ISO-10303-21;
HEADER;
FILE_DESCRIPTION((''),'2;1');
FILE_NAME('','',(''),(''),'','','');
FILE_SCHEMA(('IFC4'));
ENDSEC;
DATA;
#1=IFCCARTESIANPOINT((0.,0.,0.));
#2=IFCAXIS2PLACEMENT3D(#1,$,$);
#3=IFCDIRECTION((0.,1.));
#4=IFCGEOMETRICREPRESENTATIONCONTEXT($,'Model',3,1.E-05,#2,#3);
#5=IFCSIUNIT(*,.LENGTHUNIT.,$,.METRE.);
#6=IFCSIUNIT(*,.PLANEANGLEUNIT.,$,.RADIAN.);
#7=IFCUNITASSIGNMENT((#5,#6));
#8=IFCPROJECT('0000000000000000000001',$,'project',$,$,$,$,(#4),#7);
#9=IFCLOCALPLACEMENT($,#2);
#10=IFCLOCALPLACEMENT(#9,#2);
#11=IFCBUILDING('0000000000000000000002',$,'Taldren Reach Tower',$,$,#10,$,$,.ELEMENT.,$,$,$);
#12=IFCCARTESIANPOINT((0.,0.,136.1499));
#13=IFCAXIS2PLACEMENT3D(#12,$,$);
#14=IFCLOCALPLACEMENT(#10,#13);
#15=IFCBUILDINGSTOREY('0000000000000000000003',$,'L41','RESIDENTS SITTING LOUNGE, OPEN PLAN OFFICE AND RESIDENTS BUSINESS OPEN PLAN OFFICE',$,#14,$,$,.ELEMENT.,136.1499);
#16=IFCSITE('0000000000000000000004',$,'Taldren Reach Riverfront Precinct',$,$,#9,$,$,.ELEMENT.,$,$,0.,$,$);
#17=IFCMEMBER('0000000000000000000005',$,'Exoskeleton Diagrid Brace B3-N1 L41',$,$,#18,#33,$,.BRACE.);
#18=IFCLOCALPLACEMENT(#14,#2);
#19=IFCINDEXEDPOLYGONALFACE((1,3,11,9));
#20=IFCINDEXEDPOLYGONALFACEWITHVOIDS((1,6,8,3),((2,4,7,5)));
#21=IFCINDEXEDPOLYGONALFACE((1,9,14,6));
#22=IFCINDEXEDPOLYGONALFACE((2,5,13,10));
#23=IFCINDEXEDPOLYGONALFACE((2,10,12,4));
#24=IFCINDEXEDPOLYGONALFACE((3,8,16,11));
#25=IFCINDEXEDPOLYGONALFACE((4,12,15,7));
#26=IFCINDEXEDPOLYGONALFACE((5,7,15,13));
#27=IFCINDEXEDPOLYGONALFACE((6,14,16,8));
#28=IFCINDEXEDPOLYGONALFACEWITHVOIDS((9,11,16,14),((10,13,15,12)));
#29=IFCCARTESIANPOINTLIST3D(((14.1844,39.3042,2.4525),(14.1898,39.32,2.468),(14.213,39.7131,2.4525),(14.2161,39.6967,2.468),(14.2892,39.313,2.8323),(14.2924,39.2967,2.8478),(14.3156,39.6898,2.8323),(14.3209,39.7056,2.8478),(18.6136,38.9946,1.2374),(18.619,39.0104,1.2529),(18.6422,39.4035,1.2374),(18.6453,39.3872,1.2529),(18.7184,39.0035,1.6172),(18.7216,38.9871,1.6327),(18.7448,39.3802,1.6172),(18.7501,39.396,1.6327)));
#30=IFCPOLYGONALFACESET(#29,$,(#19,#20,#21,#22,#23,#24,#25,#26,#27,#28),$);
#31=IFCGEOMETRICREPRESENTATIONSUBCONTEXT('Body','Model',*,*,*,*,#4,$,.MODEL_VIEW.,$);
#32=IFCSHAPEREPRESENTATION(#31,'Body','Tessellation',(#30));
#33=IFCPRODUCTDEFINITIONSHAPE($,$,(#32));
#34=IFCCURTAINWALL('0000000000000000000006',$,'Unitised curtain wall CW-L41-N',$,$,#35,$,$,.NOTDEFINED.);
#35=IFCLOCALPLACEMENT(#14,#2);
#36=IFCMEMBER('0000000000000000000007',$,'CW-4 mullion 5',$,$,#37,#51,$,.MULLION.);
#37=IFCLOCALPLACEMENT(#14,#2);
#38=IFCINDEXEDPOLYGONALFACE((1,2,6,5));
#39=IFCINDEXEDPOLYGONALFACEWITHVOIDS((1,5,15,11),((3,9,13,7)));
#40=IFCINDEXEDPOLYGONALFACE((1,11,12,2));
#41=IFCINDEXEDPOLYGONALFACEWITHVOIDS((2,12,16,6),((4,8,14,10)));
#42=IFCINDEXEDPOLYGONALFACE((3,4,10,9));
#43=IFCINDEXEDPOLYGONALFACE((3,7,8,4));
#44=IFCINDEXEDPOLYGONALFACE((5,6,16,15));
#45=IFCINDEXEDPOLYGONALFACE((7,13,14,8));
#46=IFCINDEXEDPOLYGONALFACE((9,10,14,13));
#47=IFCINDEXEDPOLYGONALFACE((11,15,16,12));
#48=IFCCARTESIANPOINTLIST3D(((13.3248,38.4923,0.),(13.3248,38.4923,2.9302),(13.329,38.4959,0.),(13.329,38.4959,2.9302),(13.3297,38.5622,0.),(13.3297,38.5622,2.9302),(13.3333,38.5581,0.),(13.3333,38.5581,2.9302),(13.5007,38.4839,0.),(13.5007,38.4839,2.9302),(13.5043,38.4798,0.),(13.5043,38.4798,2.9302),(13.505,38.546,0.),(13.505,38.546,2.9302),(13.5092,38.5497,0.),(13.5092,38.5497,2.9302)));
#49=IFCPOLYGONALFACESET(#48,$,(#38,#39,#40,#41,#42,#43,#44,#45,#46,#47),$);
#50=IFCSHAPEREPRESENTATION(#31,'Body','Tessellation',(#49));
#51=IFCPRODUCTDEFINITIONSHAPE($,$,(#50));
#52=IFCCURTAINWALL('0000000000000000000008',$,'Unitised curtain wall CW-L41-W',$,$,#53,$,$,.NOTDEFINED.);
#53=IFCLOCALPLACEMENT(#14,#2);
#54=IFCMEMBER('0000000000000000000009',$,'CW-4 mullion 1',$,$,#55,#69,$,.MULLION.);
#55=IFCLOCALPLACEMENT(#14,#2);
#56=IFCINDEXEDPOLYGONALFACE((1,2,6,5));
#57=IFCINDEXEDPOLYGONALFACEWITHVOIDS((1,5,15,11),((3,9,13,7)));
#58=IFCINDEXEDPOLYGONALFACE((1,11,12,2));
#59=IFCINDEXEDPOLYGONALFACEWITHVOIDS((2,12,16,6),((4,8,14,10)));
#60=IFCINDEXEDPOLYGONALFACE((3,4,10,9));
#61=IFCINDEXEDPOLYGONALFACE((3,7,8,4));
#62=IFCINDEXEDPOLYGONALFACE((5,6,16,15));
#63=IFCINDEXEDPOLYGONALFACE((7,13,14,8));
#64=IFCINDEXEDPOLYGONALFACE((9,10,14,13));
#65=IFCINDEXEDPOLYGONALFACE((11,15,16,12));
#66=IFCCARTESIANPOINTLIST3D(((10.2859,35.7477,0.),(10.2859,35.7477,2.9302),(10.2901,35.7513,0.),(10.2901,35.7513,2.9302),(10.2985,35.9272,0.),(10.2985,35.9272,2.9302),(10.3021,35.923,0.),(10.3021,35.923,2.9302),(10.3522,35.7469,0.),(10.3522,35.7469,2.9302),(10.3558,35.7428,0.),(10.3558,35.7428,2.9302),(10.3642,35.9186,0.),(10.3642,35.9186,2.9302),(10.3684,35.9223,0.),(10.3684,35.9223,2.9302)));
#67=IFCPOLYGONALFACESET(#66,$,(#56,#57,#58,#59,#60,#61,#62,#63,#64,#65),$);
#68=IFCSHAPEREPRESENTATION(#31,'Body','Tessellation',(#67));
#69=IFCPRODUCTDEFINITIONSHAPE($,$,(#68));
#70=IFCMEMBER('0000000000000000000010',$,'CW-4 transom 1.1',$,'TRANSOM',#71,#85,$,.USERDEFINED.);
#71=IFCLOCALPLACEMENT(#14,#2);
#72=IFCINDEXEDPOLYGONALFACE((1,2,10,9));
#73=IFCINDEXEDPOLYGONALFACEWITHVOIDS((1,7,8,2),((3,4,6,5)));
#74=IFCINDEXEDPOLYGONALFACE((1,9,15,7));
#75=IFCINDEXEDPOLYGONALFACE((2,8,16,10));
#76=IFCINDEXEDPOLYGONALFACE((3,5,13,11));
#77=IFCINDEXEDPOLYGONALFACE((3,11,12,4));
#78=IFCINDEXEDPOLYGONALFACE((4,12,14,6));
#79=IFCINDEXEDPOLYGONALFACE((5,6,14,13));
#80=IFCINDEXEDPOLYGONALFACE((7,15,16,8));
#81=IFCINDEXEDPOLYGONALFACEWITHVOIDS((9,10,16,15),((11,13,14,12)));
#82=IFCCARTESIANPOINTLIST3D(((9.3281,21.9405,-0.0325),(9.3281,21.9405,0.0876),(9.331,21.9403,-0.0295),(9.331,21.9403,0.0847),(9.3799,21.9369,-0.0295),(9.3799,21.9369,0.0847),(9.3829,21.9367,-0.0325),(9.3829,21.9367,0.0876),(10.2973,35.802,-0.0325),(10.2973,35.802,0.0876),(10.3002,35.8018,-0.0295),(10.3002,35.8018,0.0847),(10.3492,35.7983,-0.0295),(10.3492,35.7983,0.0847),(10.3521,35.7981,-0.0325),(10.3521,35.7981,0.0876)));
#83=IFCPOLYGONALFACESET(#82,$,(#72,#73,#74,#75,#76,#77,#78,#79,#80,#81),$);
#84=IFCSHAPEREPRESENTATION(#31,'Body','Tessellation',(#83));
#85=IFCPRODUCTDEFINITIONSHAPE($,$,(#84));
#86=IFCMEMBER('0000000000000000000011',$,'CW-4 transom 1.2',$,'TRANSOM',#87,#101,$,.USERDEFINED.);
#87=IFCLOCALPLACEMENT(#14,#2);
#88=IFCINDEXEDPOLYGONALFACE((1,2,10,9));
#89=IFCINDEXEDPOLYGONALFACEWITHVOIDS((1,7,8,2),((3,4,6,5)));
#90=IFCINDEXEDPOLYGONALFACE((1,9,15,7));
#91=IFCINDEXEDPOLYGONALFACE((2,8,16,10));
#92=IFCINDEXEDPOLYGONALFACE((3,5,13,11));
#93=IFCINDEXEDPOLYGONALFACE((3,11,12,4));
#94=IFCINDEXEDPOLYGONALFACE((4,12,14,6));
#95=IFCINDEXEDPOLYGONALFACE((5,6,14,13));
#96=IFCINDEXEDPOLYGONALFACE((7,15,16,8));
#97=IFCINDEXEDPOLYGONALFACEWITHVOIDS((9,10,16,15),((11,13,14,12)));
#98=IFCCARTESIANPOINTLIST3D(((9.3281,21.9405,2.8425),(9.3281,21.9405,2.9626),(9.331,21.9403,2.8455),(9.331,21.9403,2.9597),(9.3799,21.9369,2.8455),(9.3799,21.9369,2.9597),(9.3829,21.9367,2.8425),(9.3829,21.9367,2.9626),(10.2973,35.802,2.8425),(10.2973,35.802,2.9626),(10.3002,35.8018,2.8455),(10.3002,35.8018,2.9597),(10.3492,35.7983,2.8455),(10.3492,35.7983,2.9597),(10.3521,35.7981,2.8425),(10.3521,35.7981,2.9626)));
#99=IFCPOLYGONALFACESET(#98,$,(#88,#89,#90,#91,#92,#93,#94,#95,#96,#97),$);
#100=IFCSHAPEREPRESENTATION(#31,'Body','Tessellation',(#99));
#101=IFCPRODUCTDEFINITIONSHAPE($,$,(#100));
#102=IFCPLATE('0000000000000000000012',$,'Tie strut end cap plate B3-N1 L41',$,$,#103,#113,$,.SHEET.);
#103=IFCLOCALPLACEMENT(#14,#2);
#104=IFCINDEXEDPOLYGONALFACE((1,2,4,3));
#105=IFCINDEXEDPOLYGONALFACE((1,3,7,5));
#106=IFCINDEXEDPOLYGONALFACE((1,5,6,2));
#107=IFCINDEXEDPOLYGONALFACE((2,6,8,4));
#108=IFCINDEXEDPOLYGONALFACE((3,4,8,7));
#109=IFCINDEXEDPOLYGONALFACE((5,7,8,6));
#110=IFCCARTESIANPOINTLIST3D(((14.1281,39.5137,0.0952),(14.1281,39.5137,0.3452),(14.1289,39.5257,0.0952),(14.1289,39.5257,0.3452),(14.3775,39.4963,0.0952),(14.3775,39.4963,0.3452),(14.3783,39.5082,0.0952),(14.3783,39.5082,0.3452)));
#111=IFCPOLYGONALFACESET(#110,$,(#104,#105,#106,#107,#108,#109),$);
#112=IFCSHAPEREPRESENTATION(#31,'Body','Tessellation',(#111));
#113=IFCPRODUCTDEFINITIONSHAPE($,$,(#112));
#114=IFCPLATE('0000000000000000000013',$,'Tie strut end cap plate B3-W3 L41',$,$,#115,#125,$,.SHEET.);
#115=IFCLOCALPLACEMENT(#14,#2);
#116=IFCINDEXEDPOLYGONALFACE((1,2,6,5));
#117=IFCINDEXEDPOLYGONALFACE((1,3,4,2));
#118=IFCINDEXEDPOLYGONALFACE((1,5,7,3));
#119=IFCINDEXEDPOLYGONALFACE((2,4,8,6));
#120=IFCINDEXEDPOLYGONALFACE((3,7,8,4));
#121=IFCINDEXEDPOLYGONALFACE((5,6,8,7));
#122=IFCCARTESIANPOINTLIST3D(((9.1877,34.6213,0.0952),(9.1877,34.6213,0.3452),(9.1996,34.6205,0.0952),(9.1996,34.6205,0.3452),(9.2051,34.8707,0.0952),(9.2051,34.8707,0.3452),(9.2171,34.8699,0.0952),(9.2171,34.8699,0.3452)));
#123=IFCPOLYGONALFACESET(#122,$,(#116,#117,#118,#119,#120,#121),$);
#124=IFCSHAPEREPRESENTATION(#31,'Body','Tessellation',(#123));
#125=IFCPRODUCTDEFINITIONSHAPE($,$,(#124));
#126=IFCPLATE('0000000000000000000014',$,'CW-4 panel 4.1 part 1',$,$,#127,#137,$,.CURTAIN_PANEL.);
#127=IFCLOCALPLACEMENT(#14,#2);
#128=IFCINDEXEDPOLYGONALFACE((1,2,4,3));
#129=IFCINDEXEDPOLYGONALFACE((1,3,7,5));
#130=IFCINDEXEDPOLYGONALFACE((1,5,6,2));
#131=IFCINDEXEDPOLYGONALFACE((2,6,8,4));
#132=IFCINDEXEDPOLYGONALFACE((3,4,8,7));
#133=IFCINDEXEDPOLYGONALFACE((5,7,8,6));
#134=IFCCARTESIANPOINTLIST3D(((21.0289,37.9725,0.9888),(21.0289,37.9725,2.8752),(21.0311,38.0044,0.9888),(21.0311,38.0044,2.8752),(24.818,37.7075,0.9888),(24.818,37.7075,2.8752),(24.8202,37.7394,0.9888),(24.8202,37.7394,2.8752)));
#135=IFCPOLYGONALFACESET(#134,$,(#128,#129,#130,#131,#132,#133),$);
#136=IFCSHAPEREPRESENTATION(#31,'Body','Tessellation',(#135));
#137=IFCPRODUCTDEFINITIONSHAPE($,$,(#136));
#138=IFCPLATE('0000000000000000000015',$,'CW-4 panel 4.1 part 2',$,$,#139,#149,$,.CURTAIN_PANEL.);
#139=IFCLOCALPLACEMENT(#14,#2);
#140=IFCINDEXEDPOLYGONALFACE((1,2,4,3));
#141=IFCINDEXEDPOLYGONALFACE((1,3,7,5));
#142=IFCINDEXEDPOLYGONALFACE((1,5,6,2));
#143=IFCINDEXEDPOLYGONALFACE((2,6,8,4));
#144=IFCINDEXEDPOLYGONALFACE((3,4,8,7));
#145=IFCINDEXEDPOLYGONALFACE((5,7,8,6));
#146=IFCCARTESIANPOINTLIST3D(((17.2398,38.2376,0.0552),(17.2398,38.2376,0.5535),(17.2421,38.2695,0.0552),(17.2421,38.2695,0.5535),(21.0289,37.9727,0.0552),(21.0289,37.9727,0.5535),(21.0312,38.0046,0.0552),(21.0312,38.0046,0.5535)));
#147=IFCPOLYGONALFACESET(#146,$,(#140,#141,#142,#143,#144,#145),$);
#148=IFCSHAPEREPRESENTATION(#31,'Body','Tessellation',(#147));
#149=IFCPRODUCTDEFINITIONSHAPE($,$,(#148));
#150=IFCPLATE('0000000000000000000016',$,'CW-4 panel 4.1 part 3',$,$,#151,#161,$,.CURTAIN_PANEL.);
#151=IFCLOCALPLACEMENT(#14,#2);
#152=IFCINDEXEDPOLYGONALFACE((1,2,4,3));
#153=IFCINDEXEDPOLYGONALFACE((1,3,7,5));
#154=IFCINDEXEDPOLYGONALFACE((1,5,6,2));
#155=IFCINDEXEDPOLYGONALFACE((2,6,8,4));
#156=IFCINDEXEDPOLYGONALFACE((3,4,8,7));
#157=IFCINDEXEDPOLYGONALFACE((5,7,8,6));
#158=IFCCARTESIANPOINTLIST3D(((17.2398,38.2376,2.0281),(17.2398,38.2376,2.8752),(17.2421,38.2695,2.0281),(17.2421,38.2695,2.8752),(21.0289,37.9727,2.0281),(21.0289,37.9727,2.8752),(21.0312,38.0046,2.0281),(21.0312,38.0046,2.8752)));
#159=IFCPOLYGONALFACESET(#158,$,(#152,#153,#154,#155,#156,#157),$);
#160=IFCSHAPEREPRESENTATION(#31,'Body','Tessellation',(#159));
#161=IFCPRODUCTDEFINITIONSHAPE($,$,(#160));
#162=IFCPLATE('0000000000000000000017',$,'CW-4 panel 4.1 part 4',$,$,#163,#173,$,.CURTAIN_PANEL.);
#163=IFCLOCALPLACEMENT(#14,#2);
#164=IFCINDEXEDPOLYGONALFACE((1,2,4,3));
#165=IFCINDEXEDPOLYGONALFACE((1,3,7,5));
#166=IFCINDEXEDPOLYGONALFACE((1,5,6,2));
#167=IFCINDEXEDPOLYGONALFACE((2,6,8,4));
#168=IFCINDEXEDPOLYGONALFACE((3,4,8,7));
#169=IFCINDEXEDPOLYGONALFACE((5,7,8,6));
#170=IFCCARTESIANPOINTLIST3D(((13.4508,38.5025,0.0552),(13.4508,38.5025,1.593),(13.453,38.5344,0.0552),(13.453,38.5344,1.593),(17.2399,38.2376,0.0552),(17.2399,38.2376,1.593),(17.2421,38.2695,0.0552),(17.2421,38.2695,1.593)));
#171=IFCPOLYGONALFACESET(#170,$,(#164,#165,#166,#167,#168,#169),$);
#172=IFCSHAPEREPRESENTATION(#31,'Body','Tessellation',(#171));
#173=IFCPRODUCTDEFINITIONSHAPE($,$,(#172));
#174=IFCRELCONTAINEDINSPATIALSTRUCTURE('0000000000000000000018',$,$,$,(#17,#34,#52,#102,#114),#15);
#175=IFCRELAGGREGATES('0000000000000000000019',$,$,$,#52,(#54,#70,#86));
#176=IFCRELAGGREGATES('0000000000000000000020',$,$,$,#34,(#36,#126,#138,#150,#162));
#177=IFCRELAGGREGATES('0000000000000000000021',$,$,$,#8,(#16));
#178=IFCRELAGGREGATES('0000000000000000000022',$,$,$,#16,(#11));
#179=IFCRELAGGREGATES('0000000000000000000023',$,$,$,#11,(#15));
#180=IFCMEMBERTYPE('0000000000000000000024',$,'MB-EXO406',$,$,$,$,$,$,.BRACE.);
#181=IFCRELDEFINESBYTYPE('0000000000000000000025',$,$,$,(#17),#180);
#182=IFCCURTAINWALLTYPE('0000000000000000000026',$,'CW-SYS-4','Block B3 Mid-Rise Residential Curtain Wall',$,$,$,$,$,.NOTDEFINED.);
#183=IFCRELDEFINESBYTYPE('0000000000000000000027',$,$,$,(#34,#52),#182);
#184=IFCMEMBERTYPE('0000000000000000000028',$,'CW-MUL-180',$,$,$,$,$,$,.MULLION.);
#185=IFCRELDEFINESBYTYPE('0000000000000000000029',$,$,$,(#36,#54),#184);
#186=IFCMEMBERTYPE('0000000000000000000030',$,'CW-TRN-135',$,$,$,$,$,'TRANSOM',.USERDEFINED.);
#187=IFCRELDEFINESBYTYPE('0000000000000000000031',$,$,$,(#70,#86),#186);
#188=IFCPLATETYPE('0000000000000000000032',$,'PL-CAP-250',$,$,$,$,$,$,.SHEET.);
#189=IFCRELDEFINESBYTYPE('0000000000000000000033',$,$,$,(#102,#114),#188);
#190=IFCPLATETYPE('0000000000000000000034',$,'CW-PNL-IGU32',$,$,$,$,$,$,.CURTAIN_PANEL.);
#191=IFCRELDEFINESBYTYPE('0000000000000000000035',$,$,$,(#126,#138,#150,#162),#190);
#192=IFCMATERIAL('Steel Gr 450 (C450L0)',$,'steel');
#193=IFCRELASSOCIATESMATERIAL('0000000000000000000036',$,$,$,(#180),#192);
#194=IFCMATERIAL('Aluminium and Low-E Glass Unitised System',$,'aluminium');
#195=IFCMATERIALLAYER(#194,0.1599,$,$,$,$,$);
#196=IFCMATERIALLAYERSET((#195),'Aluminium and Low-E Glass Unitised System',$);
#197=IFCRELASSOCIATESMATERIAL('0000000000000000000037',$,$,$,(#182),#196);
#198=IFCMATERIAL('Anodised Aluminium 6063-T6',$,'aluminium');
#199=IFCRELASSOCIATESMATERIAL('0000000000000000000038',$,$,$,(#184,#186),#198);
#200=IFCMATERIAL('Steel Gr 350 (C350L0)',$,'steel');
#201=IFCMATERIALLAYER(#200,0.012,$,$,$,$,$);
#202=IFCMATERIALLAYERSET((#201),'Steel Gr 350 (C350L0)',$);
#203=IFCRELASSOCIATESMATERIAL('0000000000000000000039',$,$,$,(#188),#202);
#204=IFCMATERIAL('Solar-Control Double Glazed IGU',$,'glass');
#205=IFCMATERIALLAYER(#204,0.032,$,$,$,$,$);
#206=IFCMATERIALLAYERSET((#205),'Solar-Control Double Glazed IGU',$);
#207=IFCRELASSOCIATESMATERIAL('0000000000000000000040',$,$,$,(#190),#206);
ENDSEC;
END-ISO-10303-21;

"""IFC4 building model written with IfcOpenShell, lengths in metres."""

from ifc_helpers import new_model, si_unit, direction, frame, origin, origin_2d, place, context, subcontext, project, spatial, rectangle, hollow_rectangle, extrude, source, transform, mapped, material, layer, layer_set, material_profile, profile_set, type_object, element, aggregate, save


model = new_model("IFC4")

# Units and contexts
model_context = context("Model", 3, precision=1e-05, world=origin(), true_north=direction((0.0, 1.0)))
body_context = subcontext(model_context, "Body", "Model", "MODEL_VIEW")
ifc_project = project(units=[si_unit("LENGTHUNIT", "METRE"), si_unit("PLANEANGLEUNIT", "RADIAN")], contexts=[model_context])

# Site, building, storey
site_placement = place(None, origin())
site = spatial("IfcSite", under=ifc_project, at=site_placement, Name="Taldren Reach Riverfront Precinct", CompositionType="ELEMENT", RefElevation=0.0)
building_placement = place(site_placement, origin())
building = spatial("IfcBuilding", under=site, at=building_placement, Name="Taldren Reach Tower", CompositionType="ELEMENT")
storey_placement = place(building_placement, frame((0.0, 0.0, 136.1499)))
storey = spatial("IfcBuildingStorey", under=building, at=storey_placement, Name="L41", Description="RESIDENTS SITTING LOUNGE, OPEN PLAN OFFICE AND RESIDENTS BUSINESS OPEN PLAN OFFICE", CompositionType="ELEMENT", Elevation=136.1499)

# Shared definitions
ifc_material_1 = material(Name="Steel Gr 450 (C450L0)", Category="steel")

# Shared definitions
ifc_material_2 = material(Name="Steel Gr 350 (C350L0)", Category="steel")

# Member
ifc_material_profile_1 = material_profile(ifc_material_1, hollow_rectangle(XDim=0.4099, YDim=0.4099, WallThickness=0.0161, at=origin_2d()), Name="410x410x16.0SHS")
ifc_profile_set_1 = profile_set([ifc_material_profile_1], Name="Steel Gr 450 (C450L0)")
member_type_1 = type_object("IfcMemberType", Name="MB-EXO406", PredefinedType="BRACE", material=ifc_profile_set_1)
shared_shape_1 = source(origin(), body_context, "Body", "SweptSolid", [
    extrude(hollow_rectangle(XDim=0.4099, YDim=0.4099, WallThickness=0.0161, at=origin_2d()), origin(), (0.0, 0.0, 1.0), 4.6033),
])
member_1_placement = place(storey_placement, frame((18.6819, 39.1953, 1.4351), z_axis=(-0.962186, 0.06725, 0.263962), x_axis=(-0.069723, -0.997566, 0.0)))
element("IfcMember", 1, at=member_1_placement, inside=storey, type_object=member_type_1, Name="Exoskeleton Diagrid Brace B3-N1 L41", PredefinedType="BRACE", context=body_context, shape_type="MappedRepresentation", body=[
    mapped(shared_shape_1, transform((0.0, 0.0, 0.0), scale=1.0)),
])

# Curtain wall, member
ifc_material_3 = material(Name="Aluminium and Low-E Glass Unitised System", Category="aluminium")
ifc_layer_1 = layer(ifc_material_3, 0.1599)
ifc_layer_set_1 = layer_set([ifc_layer_1], Name="Aluminium and Low-E Glass Unitised System")
curtain_wall_type = type_object("IfcCurtainWallType", Name="CW-SYS-4", Description="Block B3 Mid-Rise Residential Curtain Wall", PredefinedType="NOTDEFINED", material=ifc_layer_set_1)
curtain_wall_1_placement = place(storey_placement, origin())
curtain_wall_1 = element("IfcCurtainWall", 2, at=curtain_wall_1_placement, inside=storey, type_object=curtain_wall_type, Name="Unitised curtain wall CW-L41-N", PredefinedType="NOTDEFINED")
ifc_material_4 = material(Name="Anodised Aluminium 6063-T6", Category="aluminium")
ifc_material_profile_2 = material_profile(ifc_material_4, hollow_rectangle(XDim=0.0701, YDim=0.1799, WallThickness=0.0039, at=origin_2d()), Name="ALU-180x70x4RHS")
ifc_profile_set_2 = profile_set([ifc_material_profile_2], Name="Anodised Aluminium 6063-T6")
member_type_2 = type_object("IfcMemberType", Name="CW-MUL-180", PredefinedType="MULLION", material=ifc_profile_set_2)
shared_shape_2 = source(origin(), body_context, "Body", "SweptSolid", [
    extrude(hollow_rectangle(XDim=0.0701, YDim=0.1799, WallThickness=0.0039, at=origin_2d()), origin(), (0.0, 0.0, 1.0), 2.9302),
])
member_2_placement = place(storey_placement, frame((13.417, 38.521, 0.0), z_axis=(0.0, 0.0, 1.0), x_axis=(-0.069757, -0.997564, 0.0)))
member_2 = element("IfcMember", 3, at=member_2_placement, type_object=member_type_2, Name="CW-4 mullion 5", PredefinedType="MULLION", context=body_context, shape_type="MappedRepresentation", body=[
    mapped(shared_shape_2, transform((0.0, 0.0, 0.0), scale=1.0)),
])

# Curtain wall, members
curtain_wall_2_placement = place(storey_placement, origin())
curtain_wall_2 = element("IfcCurtainWall", 4, at=curtain_wall_2_placement, inside=storey, type_object=curtain_wall_type, Name="Unitised curtain wall CW-L41-W", PredefinedType="NOTDEFINED")
member_3_placement = place(storey_placement, frame((10.3271, 35.835, 0.0), z_axis=(0.0, 0.0, 1.0), x_axis=(0.997564, -0.069756, 0.0)))
member_3 = element("IfcMember", 5, at=member_3_placement, type_object=member_type_2, Name="CW-4 mullion 1", PredefinedType="MULLION", context=body_context, shape_type="MappedRepresentation", body=[
    mapped(shared_shape_2, transform((0.0, 0.0, 0.0), scale=1.0)),
])
ifc_material_profile_3 = material_profile(ifc_material_4, hollow_rectangle(XDim=0.0549, YDim=0.1201, WallThickness=0.0029, at=origin_2d()), Name="ALU-120x55x3RHS")
ifc_profile_set_3 = profile_set([ifc_material_profile_3], Name="Anodised Aluminium 6063-T6")
member_type_3 = type_object("IfcMemberType", Name="CW-TRN-135", ElementType="TRANSOM", PredefinedType="USERDEFINED", material=ifc_profile_set_3)
shared_shape_3 = source(origin(), body_context, "Body", "SweptSolid", [
    extrude(hollow_rectangle(XDim=0.0549, YDim=0.1201, WallThickness=0.0029, at=origin_2d()), origin(), (0.0, 0.0, 1.0), 13.8953),
])
member_4_placement = place(storey_placement, frame((10.3247, 35.8, 0.0276), z_axis=(-0.069754, -0.997564, 0.0), x_axis=(0.997564, -0.069754, 0.0)))
member_4 = element("IfcMember", 6, at=member_4_placement, type_object=member_type_3, Name="CW-4 transom 1.1", ObjectType="TRANSOM", PredefinedType="USERDEFINED", context=body_context, shape_type="MappedRepresentation", body=[
    mapped(shared_shape_3, transform((0.0, 0.0, 0.0), scale=1.0)),
])
member_5_placement = place(storey_placement, frame((10.3247, 35.8, 2.9026), z_axis=(-0.069754, -0.997564, 0.0), x_axis=(0.997564, -0.069754, 0.0)))
member_5 = element("IfcMember", 7, at=member_5_placement, type_object=member_type_3, Name="CW-4 transom 1.2", ObjectType="TRANSOM", PredefinedType="USERDEFINED", context=body_context, shape_type="MappedRepresentation", body=[
    mapped(shared_shape_3, transform((0.0, 0.0, 0.0), scale=1.0)),
])
aggregate(curtain_wall_2, [member_3, member_4, member_5])

# Plates
ifc_layer_2 = layer(ifc_material_2, 0.012)
ifc_layer_set_2 = layer_set([ifc_layer_2], Name="Steel Gr 350 (C350L0)")
plate_type_1 = type_object("IfcPlateType", Name="PL-CAP-250", PredefinedType="SHEET", material=ifc_layer_set_2)
shared_shape_4 = source(origin(), body_context, "Body", "SweptSolid", [
    extrude(rectangle(XDim=0.25, YDim=0.012, at=origin_2d()), origin(), (0.0, 0.0, 1.0), 0.25),
])
plate_1_placement = place(storey_placement, frame((14.2532, 39.511, 0.0952), z_axis=(0.0, 0.0, 1.0), x_axis=(0.997564, -0.069756, 0.0)))
element("IfcPlate", 8, at=plate_1_placement, inside=storey, type_object=plate_type_1, Name="Tie strut end cap plate B3-N1 L41", PredefinedType="SHEET", context=body_context, shape_type="MappedRepresentation", body=[
    mapped(shared_shape_4, transform((0.0, 0.0, 0.0), scale=1.0)),
])
shared_shape_5 = source(origin(), body_context, "Body", "SweptSolid", [
    extrude(rectangle(XDim=0.012, YDim=0.25, at=origin_2d()), origin(), (0.0, 0.0, 1.0), 0.25),
])
plate_2_placement = place(storey_placement, frame((9.2024, 34.7456, 0.0952), z_axis=(0.0, 0.0, 1.0), x_axis=(0.997564, -0.069756, 0.0)))
element("IfcPlate", 9, at=plate_2_placement, inside=storey, type_object=plate_type_1, Name="Tie strut end cap plate B3-W3 L41", PredefinedType="SHEET", context=body_context, shape_type="MappedRepresentation", body=[
    mapped(shared_shape_5, transform((0.0, 0.0, 0.0), scale=1.0)),
])

# Plates
ifc_material_5 = material(Name="Solar-Control Double Glazed IGU", Category="glass")
ifc_layer_3 = layer(ifc_material_5, 0.032)
ifc_layer_set_3 = layer_set([ifc_layer_3], Name="Solar-Control Double Glazed IGU")
plate_type_2 = type_object("IfcPlateType", Name="CW-PNL-IGU32", PredefinedType="CURTAIN_PANEL", material=ifc_layer_set_3)
shared_shape_6 = source(origin(), body_context, "Body", "SweptSolid", [
    extrude(rectangle(XDim=3.7983, YDim=0.032, at=origin_2d()), origin(), (0.0, 0.0, 1.0), 1.8865),
])
plate_3_placement = place(storey_placement, frame((22.9246, 37.856, 0.9888), z_axis=(0.0, 0.0, 1.0), x_axis=(-0.997564, 0.069757, 0.0)))
plate_3 = element("IfcPlate", 10, at=plate_3_placement, type_object=plate_type_2, Name="CW-4 panel 4.1 part 1", PredefinedType="CURTAIN_PANEL", context=body_context, shape_type="MappedRepresentation", body=[
    mapped(shared_shape_6, transform((0.0, 0.0, 0.0), scale=1.0)),
])
shared_shape_7 = source(origin(), body_context, "Body", "SweptSolid", [
    extrude(rectangle(XDim=3.7983, YDim=0.032, at=origin_2d()), origin(), (0.0, 0.0, 1.0), 0.4983),
])
plate_4_placement = place(storey_placement, frame((19.1355, 38.1211, 0.0552), z_axis=(0.0, 0.0, 1.0), x_axis=(-0.997564, 0.069757, 0.0)))
plate_4 = element("IfcPlate", 11, at=plate_4_placement, type_object=plate_type_2, Name="CW-4 panel 4.1 part 2", PredefinedType="CURTAIN_PANEL", context=body_context, shape_type="MappedRepresentation", body=[
    mapped(shared_shape_7, transform((0.0, 0.0, 0.0), scale=1.0)),
])
shared_shape_8 = source(origin(), body_context, "Body", "SweptSolid", [
    extrude(rectangle(XDim=3.7983, YDim=0.032, at=origin_2d()), origin(), (0.0, 0.0, 1.0), 0.8472),
])
plate_5_placement = place(storey_placement, frame((19.1355, 38.1211, 2.0281), z_axis=(0.0, 0.0, 1.0), x_axis=(-0.997564, 0.069757, 0.0)))
plate_5 = element("IfcPlate", 12, at=plate_5_placement, type_object=plate_type_2, Name="CW-4 panel 4.1 part 3", PredefinedType="CURTAIN_PANEL", context=body_context, shape_type="MappedRepresentation", body=[
    mapped(shared_shape_8, transform((0.0, 0.0, 0.0), scale=1.0)),
])
shared_shape_9 = source(origin(), body_context, "Body", "SweptSolid", [
    extrude(rectangle(XDim=3.7983, YDim=0.032, at=origin_2d()), origin(), (0.0, 0.0, 1.0), 1.5378),
])
plate_6_placement = place(storey_placement, frame((15.3464, 38.386, 0.0552), z_axis=(0.0, 0.0, 1.0), x_axis=(-0.997564, 0.069757, 0.0)))
plate_6 = element("IfcPlate", 13, at=plate_6_placement, type_object=plate_type_2, Name="CW-4 panel 4.1 part 4", PredefinedType="CURTAIN_PANEL", context=body_context, shape_type="MappedRepresentation", body=[
    mapped(shared_shape_9, transform((0.0, 0.0, 0.0), scale=1.0)),
])
aggregate(curtain_wall_1, [member_2, plate_3, plate_4, plate_5, plate_6])

save(model, "model.ifc")
